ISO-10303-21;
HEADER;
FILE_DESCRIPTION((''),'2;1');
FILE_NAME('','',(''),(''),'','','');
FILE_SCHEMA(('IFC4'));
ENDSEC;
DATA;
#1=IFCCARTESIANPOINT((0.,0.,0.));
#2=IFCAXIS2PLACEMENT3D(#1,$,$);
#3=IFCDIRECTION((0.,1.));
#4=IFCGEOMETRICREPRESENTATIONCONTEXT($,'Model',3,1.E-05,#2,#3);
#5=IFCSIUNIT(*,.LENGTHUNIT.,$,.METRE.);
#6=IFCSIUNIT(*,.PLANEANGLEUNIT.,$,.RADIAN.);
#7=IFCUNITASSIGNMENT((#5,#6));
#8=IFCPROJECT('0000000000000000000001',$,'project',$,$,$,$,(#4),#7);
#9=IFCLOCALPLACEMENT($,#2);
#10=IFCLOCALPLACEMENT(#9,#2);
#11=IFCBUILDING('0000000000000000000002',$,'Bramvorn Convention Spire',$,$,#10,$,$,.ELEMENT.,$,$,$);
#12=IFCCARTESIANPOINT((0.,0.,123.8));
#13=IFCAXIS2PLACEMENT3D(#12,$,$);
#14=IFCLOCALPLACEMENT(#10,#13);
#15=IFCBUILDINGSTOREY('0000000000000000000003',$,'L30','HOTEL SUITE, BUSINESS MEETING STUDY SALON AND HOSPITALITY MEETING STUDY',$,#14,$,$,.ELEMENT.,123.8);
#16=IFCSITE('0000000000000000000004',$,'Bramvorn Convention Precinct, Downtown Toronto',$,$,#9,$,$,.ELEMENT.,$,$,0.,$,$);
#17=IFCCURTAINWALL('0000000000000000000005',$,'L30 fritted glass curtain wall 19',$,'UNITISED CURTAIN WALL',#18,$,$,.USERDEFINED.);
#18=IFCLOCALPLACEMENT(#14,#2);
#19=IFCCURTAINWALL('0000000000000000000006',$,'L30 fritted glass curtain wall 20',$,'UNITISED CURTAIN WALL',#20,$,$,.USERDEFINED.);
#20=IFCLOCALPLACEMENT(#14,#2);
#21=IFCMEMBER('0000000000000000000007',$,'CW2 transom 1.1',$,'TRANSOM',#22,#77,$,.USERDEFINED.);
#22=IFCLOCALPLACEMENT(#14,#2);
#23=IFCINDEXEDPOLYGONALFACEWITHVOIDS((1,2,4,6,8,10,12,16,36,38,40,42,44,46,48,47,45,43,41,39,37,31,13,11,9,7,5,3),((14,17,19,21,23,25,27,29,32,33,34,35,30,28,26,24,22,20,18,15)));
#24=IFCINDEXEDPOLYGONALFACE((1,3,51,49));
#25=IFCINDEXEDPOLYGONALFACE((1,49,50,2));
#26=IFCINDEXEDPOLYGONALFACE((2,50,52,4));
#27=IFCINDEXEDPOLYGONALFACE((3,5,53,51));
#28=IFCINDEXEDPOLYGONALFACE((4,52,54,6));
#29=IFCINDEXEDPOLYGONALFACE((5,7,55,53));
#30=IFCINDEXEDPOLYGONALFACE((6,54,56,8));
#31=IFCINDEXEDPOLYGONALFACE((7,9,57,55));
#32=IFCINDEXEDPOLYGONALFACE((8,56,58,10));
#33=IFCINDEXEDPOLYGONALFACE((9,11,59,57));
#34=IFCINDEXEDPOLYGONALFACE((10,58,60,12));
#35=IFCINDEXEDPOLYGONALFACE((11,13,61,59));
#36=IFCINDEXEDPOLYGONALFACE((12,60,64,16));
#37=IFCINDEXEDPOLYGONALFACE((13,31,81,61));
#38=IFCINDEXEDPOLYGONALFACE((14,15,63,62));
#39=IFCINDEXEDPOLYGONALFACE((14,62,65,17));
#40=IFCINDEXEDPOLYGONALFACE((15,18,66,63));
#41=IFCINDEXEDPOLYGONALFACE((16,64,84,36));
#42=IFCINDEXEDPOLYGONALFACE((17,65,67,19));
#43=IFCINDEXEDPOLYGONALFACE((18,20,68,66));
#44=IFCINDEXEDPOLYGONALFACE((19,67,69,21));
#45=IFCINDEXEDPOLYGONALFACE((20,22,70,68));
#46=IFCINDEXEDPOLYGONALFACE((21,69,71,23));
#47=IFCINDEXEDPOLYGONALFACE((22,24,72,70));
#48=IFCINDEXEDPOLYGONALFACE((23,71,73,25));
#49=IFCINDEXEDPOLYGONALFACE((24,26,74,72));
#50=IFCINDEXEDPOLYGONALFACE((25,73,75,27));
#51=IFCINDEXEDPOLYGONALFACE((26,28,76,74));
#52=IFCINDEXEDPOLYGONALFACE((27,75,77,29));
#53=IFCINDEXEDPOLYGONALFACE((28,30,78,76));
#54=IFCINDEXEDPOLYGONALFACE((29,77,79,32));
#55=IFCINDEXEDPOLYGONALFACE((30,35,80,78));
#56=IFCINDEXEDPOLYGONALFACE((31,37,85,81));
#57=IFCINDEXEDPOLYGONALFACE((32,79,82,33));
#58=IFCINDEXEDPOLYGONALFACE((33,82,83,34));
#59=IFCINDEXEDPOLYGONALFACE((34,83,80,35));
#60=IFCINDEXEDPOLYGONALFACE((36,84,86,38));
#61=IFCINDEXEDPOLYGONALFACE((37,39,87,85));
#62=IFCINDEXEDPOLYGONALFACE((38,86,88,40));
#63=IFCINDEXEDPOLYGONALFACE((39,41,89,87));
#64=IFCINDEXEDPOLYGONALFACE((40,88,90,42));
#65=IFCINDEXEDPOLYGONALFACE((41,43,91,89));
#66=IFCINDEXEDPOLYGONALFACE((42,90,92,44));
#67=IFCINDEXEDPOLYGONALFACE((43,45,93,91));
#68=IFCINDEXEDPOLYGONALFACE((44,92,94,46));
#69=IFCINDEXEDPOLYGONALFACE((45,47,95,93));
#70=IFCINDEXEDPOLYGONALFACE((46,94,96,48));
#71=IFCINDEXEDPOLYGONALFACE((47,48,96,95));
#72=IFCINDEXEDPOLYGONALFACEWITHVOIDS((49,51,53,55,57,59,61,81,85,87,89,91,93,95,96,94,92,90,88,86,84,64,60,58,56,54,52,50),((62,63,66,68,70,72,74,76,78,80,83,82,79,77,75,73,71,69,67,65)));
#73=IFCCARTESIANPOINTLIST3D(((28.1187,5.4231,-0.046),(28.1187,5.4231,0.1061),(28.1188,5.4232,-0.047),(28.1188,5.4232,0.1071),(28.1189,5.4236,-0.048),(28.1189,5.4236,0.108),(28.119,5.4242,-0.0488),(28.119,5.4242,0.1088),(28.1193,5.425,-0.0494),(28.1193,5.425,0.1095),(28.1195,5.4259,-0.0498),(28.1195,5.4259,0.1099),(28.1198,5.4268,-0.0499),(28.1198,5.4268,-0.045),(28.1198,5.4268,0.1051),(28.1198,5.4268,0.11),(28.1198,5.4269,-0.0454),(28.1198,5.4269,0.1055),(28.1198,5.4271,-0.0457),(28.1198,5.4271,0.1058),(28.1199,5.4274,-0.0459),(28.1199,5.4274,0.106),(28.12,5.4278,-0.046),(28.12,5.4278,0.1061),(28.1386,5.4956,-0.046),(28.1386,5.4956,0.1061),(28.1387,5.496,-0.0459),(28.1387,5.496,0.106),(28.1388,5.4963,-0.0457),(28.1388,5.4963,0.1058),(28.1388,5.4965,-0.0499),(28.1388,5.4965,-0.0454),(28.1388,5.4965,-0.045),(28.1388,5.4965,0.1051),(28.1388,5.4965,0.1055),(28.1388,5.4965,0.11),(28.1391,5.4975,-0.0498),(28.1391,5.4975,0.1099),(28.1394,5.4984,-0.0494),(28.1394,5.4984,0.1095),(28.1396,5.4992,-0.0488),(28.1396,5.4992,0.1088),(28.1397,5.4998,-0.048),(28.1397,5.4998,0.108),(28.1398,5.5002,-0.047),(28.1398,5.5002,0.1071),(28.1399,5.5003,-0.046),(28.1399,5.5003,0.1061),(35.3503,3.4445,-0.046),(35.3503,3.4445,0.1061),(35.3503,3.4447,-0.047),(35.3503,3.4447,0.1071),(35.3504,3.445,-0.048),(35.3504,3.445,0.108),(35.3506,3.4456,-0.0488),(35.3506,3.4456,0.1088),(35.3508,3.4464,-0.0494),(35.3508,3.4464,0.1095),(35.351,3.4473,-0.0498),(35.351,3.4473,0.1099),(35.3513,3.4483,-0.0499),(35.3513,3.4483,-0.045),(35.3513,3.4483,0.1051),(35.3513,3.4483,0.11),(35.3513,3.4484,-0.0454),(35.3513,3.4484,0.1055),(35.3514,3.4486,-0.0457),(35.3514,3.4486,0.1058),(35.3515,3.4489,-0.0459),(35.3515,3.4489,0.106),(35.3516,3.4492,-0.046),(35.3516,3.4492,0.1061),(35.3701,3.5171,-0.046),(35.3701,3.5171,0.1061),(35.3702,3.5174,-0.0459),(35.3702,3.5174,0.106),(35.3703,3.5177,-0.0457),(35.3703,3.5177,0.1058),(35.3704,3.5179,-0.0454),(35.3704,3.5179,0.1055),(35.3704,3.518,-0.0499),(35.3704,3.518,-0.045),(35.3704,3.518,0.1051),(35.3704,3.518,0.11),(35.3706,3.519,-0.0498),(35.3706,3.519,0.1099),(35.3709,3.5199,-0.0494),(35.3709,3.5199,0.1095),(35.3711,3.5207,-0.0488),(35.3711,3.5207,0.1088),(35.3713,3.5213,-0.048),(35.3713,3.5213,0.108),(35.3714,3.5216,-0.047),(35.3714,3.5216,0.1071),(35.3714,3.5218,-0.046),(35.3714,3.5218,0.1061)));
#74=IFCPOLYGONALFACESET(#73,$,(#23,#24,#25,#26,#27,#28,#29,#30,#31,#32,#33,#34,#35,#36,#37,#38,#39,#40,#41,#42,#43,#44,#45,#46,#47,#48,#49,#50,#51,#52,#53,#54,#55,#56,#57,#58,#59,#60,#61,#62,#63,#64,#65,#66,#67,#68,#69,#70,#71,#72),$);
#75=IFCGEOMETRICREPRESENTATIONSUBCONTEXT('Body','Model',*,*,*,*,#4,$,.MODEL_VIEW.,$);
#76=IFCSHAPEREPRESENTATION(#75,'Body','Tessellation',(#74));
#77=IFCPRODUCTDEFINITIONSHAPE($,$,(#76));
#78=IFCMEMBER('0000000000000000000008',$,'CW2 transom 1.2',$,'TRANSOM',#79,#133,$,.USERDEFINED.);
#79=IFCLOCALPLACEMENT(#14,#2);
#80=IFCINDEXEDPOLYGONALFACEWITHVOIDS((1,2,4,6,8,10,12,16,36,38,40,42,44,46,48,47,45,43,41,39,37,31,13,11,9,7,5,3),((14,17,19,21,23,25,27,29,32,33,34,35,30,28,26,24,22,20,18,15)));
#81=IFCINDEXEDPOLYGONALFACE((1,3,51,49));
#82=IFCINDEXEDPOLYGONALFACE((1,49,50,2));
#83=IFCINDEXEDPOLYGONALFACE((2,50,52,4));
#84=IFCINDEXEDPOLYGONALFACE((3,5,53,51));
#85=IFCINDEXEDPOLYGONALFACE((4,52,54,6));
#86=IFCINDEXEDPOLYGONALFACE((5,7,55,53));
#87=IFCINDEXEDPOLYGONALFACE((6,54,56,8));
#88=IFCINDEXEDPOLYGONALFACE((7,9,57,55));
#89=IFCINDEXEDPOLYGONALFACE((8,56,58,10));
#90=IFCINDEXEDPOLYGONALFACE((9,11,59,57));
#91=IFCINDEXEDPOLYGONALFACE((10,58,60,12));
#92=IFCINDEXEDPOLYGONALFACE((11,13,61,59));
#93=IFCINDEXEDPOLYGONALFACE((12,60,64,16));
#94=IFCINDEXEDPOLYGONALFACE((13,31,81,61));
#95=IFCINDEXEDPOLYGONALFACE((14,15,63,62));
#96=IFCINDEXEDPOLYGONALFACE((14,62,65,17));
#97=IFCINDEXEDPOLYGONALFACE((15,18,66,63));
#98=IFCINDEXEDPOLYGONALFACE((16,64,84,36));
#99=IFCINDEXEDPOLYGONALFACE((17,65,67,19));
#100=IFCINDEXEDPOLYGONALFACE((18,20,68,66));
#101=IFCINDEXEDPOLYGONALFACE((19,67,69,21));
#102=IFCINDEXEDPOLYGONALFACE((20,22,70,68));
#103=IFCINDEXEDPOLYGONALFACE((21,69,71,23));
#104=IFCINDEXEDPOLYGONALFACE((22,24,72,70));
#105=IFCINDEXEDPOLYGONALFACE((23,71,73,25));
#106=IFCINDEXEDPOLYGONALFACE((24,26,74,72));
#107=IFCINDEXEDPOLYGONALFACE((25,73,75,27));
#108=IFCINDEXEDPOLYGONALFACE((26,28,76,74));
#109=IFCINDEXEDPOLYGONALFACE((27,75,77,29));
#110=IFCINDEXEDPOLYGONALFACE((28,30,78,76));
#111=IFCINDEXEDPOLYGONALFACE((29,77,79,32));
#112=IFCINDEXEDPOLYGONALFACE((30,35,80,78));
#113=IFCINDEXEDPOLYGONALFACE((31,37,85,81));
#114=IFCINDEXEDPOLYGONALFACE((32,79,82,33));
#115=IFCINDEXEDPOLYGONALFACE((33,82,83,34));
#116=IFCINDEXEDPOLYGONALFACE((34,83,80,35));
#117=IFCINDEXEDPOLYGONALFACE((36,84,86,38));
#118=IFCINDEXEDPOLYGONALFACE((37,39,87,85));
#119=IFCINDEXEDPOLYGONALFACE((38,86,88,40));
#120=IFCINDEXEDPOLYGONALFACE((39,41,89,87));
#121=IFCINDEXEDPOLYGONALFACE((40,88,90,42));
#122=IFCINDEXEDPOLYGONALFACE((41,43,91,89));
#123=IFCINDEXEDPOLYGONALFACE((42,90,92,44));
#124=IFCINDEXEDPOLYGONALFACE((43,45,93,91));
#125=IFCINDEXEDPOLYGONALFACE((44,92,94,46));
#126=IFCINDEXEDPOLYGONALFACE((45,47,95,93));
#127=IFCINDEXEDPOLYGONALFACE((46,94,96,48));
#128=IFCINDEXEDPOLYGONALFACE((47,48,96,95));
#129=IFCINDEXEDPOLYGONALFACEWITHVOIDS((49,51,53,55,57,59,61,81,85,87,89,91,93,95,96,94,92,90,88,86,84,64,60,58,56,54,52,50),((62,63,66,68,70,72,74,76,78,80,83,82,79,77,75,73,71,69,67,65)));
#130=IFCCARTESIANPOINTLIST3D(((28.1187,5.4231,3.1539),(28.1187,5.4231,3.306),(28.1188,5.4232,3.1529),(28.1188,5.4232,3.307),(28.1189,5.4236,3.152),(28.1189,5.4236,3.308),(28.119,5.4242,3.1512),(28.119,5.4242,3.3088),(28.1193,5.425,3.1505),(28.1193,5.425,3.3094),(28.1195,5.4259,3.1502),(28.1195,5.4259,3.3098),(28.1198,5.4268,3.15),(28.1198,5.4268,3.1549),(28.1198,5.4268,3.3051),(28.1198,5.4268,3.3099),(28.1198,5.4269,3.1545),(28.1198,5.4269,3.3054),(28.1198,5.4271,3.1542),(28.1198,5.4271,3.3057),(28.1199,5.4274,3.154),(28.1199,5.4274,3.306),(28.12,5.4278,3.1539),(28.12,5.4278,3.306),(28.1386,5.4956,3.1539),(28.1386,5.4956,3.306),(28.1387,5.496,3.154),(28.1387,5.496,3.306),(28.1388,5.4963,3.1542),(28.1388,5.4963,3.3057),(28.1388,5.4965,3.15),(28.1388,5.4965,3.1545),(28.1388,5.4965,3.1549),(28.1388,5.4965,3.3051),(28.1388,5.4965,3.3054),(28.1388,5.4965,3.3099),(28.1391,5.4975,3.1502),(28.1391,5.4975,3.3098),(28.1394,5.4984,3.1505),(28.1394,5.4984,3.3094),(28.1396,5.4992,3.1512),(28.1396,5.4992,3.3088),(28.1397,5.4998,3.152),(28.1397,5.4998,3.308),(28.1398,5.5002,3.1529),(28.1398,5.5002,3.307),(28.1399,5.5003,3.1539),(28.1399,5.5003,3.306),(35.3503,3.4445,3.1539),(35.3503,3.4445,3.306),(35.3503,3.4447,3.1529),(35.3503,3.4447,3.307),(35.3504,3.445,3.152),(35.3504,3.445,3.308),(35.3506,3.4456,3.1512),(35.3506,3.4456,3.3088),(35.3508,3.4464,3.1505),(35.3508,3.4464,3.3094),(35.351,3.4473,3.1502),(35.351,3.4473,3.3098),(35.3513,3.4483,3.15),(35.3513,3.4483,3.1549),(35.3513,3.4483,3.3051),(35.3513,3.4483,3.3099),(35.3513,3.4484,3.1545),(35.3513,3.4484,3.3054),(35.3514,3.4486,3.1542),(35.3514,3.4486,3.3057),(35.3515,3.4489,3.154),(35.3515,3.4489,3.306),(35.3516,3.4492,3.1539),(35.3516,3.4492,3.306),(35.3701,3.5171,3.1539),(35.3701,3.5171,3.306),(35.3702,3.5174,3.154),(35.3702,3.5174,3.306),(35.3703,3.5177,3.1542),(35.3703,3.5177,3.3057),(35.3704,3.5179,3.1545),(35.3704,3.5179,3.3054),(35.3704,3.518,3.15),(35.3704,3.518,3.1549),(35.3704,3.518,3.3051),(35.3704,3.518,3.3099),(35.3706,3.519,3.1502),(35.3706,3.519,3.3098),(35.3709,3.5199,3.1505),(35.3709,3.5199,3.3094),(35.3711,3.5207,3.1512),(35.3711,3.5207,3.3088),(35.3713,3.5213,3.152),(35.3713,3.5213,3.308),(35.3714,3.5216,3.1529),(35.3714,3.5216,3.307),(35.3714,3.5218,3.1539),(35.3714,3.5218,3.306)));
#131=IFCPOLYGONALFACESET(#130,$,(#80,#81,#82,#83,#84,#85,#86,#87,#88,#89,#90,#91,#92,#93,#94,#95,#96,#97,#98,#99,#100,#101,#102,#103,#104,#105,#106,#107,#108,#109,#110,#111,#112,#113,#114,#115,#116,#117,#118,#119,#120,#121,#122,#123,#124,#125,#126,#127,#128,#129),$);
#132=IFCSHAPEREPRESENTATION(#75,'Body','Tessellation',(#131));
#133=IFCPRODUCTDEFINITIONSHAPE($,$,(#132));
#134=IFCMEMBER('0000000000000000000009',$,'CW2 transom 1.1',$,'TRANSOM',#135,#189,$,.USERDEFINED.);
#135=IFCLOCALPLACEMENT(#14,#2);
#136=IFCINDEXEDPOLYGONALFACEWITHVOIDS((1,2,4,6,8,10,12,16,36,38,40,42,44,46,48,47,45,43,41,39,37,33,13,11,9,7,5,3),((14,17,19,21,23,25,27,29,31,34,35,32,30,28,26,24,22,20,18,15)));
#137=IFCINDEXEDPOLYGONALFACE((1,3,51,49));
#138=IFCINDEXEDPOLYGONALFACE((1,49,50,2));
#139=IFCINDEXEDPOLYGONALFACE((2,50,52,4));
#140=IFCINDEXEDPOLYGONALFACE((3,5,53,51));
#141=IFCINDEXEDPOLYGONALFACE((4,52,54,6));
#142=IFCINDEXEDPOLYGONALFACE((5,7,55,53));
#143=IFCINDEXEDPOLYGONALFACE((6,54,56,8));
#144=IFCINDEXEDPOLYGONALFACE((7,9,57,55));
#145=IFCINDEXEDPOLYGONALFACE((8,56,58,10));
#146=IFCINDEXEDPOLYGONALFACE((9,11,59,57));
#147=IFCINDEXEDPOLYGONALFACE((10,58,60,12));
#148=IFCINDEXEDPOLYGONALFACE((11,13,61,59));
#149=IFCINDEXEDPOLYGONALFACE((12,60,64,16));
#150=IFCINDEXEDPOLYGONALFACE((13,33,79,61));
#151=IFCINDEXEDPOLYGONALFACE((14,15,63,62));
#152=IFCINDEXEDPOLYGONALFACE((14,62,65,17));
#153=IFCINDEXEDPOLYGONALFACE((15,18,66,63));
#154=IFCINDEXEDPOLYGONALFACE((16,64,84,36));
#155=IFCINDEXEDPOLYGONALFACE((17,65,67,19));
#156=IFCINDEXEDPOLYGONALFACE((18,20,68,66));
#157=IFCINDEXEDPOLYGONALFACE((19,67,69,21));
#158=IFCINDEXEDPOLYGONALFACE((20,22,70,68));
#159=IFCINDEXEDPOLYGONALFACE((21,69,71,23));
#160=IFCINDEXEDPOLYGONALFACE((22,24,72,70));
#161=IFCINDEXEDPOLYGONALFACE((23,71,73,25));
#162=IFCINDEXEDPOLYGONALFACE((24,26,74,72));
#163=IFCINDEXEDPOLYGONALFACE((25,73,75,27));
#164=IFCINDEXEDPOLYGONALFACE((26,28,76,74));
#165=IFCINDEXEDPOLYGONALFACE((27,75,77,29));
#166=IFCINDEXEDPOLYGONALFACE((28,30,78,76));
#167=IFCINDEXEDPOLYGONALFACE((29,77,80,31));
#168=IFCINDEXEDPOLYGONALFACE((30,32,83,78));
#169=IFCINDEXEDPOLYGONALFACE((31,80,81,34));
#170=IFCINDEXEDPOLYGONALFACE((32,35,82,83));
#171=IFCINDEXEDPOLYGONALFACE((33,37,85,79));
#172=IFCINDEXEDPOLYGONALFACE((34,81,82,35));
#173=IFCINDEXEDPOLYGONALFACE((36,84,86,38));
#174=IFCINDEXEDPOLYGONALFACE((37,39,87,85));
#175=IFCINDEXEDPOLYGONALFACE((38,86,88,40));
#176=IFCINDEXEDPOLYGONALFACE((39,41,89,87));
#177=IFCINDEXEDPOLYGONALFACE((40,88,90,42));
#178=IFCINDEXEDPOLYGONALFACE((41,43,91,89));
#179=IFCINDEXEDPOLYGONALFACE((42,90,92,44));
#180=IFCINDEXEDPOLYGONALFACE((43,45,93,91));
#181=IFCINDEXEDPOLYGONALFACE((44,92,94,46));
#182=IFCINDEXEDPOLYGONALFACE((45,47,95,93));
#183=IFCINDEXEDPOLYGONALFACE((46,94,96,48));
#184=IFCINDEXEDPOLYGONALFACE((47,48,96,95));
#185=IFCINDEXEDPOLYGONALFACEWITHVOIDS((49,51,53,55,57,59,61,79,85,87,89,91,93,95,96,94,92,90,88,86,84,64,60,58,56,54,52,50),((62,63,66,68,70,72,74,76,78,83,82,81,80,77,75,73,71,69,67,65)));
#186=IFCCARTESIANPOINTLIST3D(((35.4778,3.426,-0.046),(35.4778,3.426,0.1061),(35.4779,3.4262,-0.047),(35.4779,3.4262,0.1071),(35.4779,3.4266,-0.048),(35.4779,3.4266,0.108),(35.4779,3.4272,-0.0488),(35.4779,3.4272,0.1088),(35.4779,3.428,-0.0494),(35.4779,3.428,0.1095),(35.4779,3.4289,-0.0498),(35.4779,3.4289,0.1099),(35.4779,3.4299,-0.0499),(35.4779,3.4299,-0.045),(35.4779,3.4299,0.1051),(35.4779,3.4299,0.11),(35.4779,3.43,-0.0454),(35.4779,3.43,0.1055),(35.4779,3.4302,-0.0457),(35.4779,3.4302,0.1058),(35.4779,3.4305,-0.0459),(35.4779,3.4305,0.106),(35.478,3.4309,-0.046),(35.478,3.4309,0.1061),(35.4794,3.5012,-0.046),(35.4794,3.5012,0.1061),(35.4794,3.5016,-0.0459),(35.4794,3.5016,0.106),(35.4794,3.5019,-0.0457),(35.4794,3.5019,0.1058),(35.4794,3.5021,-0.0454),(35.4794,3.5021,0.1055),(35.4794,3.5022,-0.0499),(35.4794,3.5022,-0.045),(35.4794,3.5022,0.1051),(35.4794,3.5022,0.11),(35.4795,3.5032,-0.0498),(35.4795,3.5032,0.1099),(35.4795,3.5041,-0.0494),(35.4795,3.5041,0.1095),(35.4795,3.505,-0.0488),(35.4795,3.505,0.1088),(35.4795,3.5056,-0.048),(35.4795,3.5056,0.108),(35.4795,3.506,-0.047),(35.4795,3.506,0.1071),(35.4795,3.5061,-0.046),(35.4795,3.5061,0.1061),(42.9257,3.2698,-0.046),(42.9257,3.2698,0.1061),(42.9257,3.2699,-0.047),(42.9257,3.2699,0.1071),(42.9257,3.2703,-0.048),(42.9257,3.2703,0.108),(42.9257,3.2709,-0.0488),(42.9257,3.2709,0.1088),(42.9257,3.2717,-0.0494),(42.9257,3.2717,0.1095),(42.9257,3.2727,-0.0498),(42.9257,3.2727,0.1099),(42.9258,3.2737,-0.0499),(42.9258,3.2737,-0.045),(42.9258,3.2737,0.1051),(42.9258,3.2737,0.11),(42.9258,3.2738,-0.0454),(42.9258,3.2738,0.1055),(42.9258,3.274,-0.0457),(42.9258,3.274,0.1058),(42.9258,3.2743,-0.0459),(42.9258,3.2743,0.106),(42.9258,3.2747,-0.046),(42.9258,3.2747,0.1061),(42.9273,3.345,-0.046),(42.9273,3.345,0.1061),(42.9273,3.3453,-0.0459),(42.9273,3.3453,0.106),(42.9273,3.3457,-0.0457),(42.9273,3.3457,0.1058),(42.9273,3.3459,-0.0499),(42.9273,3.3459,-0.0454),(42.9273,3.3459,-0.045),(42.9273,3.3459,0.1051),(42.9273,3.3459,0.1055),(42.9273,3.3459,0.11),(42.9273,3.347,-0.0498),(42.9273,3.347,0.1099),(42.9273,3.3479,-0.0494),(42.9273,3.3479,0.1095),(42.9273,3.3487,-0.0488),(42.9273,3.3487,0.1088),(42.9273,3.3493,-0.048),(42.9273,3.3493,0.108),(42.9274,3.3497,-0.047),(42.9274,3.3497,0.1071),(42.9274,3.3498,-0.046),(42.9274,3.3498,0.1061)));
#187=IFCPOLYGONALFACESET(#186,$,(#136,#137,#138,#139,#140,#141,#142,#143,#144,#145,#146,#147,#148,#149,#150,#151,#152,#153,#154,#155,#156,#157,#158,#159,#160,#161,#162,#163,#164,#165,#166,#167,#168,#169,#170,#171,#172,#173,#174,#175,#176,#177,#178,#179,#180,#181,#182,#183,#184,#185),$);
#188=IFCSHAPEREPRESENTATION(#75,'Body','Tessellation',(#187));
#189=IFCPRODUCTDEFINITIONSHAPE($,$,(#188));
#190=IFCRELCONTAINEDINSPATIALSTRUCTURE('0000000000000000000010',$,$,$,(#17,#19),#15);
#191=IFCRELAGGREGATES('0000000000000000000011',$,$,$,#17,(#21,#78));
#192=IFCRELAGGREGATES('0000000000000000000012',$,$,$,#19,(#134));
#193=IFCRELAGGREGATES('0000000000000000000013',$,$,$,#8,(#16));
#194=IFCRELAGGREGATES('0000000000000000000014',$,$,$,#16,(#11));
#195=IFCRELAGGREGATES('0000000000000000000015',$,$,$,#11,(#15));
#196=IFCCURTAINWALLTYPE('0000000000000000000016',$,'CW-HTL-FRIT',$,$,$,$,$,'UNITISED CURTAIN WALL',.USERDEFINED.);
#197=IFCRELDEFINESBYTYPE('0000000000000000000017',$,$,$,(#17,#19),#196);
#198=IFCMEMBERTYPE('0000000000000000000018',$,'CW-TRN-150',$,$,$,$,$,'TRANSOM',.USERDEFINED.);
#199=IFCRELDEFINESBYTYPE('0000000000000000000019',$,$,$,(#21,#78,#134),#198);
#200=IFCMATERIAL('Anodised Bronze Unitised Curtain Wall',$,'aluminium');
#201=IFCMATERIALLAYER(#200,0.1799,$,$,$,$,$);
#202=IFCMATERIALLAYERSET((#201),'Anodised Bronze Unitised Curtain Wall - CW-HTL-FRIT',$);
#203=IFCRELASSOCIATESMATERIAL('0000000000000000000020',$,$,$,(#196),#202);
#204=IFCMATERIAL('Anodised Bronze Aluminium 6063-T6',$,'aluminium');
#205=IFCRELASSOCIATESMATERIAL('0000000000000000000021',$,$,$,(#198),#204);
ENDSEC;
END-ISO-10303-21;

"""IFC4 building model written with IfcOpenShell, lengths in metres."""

from ifc_helpers import new_model, si_unit, direction, frame, origin, origin_2d, place, context, subcontext, project, spatial, hollow_rectangle, extrude, material, layer, layer_set, material_profile, profile_set, type_object, element, aggregate, save


model = new_model("IFC4")

# Units and contexts
model_context = context("Model", 3, precision=1e-05, world=origin(), true_north=direction((0.0, 1.0)))
body_context = subcontext(model_context, "Body", "Model", "MODEL_VIEW")
ifc_project = project(units=[si_unit("LENGTHUNIT", "METRE"), si_unit("PLANEANGLEUNIT", "RADIAN")], contexts=[model_context])

# Site, building, storey
site_placement = place(None, origin())
site = spatial("IfcSite", under=ifc_project, at=site_placement, Name="Bramvorn Convention Precinct, Downtown Toronto", CompositionType="ELEMENT", RefElevation=0.0)
building_placement = place(site_placement, origin())
building = spatial("IfcBuilding", under=site, at=building_placement, Name="Bramvorn Convention Spire", CompositionType="ELEMENT")
storey_placement = place(building_placement, frame((0.0, 0.0, 123.8)))
storey = spatial("IfcBuildingStorey", under=building, at=storey_placement, Name="L30", Description="HOTEL SUITE, BUSINESS MEETING STUDY SALON AND HOSPITALITY MEETING STUDY", CompositionType="ELEMENT", Elevation=123.8)

# Curtain wall
ifc_material_1 = material(Name="Anodised Bronze Unitised Curtain Wall", Category="aluminium")
ifc_layer_1 = layer(ifc_material_1, 0.1799)
ifc_layer_set_1 = layer_set([ifc_layer_1], Name="Anodised Bronze Unitised Curtain Wall - CW-HTL-FRIT")
curtain_wall_type = type_object("IfcCurtainWallType", Name="CW-HTL-FRIT", ElementType="UNITISED CURTAIN WALL", PredefinedType="USERDEFINED", material=ifc_layer_set_1)
curtain_wall_1_placement = place(storey_placement, origin())
curtain_wall_1 = element("IfcCurtainWall", 1, at=curtain_wall_1_placement, inside=storey, type_object=curtain_wall_type, Name="L30 fritted glass curtain wall 19", ObjectType="UNITISED CURTAIN WALL", PredefinedType="USERDEFINED")
ifc_material_2 = material(Name="Anodised Bronze Aluminium 6063-T6", Category="aluminium")

# Curtain wall
curtain_wall_2_placement = place(storey_placement, origin())
curtain_wall_2 = element("IfcCurtainWall", 2, at=curtain_wall_2_placement, inside=storey, type_object=curtain_wall_type, Name="L30 fritted glass curtain wall 20", ObjectType="UNITISED CURTAIN WALL", PredefinedType="USERDEFINED")

# Members
ifc_material_profile_1 = material_profile(ifc_material_2, hollow_rectangle(XDim=0.0801, YDim=0.1599, WallThickness=0.0039, InnerFilletRadius=0.001, OuterFilletRadius=0.0039, at=origin_2d()))
ifc_profile_set_1 = profile_set([ifc_material_profile_1], Name="Anodised Bronze Aluminium 6063-T6 - CWT80X160")
member_type_1 = type_object("IfcMemberType", Name="CW-TRN-150", ElementType="TRANSOM", PredefinedType="USERDEFINED", material=ifc_profile_set_1)
member_1_placement = place(storey_placement, frame((35.3608, 3.4832, 0.03), z_axis=(-0.96455, 0.2639, 0.0), x_axis=(-0.2639, -0.96455, 0.0)))
member_1 = element("IfcMember", 3, at=member_1_placement, type_object=member_type_1, Name="CW2 transom 1.1", ObjectType="TRANSOM", PredefinedType="USERDEFINED", context=body_context, shape_type="SweptSolid", body=[
    extrude(hollow_rectangle(XDim=0.0801, YDim=0.1599, WallThickness=0.0039, InnerFilletRadius=0.001, OuterFilletRadius=0.0039, at=origin_2d()), origin(), (0.0, 0.0, 1.0), 7.4973),
])
member_2_placement = place(storey_placement, frame((35.3608, 3.4832, 3.23), z_axis=(-0.96455, 0.2639, 0.0), x_axis=(-0.2639, -0.96455, 0.0)))
member_2 = element("IfcMember", 4, at=member_2_placement, type_object=member_type_1, Name="CW2 transom 1.2", ObjectType="TRANSOM", PredefinedType="USERDEFINED", context=body_context, shape_type="SweptSolid", body=[
    extrude(hollow_rectangle(XDim=0.0801, YDim=0.1599, WallThickness=0.0039, InnerFilletRadius=0.001, OuterFilletRadius=0.0039, at=origin_2d()), origin(), (0.0, 0.0, 1.0), 7.4973),
])
aggregate(curtain_wall_1, [member_1, member_2])
member_3_placement = place(storey_placement, frame((42.9265, 3.3098, 0.03), z_axis=(-0.99978, 0.020975, 0.0), x_axis=(-0.020975, -0.99978, 0.0)))
member_3 = element("IfcMember", 5, at=member_3_placement, type_object=member_type_1, Name="CW2 transom 1.1", ObjectType="TRANSOM", PredefinedType="USERDEFINED", context=body_context, shape_type="SweptSolid", body=[
    extrude(hollow_rectangle(XDim=0.0801, YDim=0.1599, WallThickness=0.0039, InnerFilletRadius=0.001, OuterFilletRadius=0.0039, at=origin_2d()), origin(), (0.0, 0.0, 1.0), 7.4495),
])

aggregate(curtain_wall_2, [member_3])

save(model, "model.ifc")
